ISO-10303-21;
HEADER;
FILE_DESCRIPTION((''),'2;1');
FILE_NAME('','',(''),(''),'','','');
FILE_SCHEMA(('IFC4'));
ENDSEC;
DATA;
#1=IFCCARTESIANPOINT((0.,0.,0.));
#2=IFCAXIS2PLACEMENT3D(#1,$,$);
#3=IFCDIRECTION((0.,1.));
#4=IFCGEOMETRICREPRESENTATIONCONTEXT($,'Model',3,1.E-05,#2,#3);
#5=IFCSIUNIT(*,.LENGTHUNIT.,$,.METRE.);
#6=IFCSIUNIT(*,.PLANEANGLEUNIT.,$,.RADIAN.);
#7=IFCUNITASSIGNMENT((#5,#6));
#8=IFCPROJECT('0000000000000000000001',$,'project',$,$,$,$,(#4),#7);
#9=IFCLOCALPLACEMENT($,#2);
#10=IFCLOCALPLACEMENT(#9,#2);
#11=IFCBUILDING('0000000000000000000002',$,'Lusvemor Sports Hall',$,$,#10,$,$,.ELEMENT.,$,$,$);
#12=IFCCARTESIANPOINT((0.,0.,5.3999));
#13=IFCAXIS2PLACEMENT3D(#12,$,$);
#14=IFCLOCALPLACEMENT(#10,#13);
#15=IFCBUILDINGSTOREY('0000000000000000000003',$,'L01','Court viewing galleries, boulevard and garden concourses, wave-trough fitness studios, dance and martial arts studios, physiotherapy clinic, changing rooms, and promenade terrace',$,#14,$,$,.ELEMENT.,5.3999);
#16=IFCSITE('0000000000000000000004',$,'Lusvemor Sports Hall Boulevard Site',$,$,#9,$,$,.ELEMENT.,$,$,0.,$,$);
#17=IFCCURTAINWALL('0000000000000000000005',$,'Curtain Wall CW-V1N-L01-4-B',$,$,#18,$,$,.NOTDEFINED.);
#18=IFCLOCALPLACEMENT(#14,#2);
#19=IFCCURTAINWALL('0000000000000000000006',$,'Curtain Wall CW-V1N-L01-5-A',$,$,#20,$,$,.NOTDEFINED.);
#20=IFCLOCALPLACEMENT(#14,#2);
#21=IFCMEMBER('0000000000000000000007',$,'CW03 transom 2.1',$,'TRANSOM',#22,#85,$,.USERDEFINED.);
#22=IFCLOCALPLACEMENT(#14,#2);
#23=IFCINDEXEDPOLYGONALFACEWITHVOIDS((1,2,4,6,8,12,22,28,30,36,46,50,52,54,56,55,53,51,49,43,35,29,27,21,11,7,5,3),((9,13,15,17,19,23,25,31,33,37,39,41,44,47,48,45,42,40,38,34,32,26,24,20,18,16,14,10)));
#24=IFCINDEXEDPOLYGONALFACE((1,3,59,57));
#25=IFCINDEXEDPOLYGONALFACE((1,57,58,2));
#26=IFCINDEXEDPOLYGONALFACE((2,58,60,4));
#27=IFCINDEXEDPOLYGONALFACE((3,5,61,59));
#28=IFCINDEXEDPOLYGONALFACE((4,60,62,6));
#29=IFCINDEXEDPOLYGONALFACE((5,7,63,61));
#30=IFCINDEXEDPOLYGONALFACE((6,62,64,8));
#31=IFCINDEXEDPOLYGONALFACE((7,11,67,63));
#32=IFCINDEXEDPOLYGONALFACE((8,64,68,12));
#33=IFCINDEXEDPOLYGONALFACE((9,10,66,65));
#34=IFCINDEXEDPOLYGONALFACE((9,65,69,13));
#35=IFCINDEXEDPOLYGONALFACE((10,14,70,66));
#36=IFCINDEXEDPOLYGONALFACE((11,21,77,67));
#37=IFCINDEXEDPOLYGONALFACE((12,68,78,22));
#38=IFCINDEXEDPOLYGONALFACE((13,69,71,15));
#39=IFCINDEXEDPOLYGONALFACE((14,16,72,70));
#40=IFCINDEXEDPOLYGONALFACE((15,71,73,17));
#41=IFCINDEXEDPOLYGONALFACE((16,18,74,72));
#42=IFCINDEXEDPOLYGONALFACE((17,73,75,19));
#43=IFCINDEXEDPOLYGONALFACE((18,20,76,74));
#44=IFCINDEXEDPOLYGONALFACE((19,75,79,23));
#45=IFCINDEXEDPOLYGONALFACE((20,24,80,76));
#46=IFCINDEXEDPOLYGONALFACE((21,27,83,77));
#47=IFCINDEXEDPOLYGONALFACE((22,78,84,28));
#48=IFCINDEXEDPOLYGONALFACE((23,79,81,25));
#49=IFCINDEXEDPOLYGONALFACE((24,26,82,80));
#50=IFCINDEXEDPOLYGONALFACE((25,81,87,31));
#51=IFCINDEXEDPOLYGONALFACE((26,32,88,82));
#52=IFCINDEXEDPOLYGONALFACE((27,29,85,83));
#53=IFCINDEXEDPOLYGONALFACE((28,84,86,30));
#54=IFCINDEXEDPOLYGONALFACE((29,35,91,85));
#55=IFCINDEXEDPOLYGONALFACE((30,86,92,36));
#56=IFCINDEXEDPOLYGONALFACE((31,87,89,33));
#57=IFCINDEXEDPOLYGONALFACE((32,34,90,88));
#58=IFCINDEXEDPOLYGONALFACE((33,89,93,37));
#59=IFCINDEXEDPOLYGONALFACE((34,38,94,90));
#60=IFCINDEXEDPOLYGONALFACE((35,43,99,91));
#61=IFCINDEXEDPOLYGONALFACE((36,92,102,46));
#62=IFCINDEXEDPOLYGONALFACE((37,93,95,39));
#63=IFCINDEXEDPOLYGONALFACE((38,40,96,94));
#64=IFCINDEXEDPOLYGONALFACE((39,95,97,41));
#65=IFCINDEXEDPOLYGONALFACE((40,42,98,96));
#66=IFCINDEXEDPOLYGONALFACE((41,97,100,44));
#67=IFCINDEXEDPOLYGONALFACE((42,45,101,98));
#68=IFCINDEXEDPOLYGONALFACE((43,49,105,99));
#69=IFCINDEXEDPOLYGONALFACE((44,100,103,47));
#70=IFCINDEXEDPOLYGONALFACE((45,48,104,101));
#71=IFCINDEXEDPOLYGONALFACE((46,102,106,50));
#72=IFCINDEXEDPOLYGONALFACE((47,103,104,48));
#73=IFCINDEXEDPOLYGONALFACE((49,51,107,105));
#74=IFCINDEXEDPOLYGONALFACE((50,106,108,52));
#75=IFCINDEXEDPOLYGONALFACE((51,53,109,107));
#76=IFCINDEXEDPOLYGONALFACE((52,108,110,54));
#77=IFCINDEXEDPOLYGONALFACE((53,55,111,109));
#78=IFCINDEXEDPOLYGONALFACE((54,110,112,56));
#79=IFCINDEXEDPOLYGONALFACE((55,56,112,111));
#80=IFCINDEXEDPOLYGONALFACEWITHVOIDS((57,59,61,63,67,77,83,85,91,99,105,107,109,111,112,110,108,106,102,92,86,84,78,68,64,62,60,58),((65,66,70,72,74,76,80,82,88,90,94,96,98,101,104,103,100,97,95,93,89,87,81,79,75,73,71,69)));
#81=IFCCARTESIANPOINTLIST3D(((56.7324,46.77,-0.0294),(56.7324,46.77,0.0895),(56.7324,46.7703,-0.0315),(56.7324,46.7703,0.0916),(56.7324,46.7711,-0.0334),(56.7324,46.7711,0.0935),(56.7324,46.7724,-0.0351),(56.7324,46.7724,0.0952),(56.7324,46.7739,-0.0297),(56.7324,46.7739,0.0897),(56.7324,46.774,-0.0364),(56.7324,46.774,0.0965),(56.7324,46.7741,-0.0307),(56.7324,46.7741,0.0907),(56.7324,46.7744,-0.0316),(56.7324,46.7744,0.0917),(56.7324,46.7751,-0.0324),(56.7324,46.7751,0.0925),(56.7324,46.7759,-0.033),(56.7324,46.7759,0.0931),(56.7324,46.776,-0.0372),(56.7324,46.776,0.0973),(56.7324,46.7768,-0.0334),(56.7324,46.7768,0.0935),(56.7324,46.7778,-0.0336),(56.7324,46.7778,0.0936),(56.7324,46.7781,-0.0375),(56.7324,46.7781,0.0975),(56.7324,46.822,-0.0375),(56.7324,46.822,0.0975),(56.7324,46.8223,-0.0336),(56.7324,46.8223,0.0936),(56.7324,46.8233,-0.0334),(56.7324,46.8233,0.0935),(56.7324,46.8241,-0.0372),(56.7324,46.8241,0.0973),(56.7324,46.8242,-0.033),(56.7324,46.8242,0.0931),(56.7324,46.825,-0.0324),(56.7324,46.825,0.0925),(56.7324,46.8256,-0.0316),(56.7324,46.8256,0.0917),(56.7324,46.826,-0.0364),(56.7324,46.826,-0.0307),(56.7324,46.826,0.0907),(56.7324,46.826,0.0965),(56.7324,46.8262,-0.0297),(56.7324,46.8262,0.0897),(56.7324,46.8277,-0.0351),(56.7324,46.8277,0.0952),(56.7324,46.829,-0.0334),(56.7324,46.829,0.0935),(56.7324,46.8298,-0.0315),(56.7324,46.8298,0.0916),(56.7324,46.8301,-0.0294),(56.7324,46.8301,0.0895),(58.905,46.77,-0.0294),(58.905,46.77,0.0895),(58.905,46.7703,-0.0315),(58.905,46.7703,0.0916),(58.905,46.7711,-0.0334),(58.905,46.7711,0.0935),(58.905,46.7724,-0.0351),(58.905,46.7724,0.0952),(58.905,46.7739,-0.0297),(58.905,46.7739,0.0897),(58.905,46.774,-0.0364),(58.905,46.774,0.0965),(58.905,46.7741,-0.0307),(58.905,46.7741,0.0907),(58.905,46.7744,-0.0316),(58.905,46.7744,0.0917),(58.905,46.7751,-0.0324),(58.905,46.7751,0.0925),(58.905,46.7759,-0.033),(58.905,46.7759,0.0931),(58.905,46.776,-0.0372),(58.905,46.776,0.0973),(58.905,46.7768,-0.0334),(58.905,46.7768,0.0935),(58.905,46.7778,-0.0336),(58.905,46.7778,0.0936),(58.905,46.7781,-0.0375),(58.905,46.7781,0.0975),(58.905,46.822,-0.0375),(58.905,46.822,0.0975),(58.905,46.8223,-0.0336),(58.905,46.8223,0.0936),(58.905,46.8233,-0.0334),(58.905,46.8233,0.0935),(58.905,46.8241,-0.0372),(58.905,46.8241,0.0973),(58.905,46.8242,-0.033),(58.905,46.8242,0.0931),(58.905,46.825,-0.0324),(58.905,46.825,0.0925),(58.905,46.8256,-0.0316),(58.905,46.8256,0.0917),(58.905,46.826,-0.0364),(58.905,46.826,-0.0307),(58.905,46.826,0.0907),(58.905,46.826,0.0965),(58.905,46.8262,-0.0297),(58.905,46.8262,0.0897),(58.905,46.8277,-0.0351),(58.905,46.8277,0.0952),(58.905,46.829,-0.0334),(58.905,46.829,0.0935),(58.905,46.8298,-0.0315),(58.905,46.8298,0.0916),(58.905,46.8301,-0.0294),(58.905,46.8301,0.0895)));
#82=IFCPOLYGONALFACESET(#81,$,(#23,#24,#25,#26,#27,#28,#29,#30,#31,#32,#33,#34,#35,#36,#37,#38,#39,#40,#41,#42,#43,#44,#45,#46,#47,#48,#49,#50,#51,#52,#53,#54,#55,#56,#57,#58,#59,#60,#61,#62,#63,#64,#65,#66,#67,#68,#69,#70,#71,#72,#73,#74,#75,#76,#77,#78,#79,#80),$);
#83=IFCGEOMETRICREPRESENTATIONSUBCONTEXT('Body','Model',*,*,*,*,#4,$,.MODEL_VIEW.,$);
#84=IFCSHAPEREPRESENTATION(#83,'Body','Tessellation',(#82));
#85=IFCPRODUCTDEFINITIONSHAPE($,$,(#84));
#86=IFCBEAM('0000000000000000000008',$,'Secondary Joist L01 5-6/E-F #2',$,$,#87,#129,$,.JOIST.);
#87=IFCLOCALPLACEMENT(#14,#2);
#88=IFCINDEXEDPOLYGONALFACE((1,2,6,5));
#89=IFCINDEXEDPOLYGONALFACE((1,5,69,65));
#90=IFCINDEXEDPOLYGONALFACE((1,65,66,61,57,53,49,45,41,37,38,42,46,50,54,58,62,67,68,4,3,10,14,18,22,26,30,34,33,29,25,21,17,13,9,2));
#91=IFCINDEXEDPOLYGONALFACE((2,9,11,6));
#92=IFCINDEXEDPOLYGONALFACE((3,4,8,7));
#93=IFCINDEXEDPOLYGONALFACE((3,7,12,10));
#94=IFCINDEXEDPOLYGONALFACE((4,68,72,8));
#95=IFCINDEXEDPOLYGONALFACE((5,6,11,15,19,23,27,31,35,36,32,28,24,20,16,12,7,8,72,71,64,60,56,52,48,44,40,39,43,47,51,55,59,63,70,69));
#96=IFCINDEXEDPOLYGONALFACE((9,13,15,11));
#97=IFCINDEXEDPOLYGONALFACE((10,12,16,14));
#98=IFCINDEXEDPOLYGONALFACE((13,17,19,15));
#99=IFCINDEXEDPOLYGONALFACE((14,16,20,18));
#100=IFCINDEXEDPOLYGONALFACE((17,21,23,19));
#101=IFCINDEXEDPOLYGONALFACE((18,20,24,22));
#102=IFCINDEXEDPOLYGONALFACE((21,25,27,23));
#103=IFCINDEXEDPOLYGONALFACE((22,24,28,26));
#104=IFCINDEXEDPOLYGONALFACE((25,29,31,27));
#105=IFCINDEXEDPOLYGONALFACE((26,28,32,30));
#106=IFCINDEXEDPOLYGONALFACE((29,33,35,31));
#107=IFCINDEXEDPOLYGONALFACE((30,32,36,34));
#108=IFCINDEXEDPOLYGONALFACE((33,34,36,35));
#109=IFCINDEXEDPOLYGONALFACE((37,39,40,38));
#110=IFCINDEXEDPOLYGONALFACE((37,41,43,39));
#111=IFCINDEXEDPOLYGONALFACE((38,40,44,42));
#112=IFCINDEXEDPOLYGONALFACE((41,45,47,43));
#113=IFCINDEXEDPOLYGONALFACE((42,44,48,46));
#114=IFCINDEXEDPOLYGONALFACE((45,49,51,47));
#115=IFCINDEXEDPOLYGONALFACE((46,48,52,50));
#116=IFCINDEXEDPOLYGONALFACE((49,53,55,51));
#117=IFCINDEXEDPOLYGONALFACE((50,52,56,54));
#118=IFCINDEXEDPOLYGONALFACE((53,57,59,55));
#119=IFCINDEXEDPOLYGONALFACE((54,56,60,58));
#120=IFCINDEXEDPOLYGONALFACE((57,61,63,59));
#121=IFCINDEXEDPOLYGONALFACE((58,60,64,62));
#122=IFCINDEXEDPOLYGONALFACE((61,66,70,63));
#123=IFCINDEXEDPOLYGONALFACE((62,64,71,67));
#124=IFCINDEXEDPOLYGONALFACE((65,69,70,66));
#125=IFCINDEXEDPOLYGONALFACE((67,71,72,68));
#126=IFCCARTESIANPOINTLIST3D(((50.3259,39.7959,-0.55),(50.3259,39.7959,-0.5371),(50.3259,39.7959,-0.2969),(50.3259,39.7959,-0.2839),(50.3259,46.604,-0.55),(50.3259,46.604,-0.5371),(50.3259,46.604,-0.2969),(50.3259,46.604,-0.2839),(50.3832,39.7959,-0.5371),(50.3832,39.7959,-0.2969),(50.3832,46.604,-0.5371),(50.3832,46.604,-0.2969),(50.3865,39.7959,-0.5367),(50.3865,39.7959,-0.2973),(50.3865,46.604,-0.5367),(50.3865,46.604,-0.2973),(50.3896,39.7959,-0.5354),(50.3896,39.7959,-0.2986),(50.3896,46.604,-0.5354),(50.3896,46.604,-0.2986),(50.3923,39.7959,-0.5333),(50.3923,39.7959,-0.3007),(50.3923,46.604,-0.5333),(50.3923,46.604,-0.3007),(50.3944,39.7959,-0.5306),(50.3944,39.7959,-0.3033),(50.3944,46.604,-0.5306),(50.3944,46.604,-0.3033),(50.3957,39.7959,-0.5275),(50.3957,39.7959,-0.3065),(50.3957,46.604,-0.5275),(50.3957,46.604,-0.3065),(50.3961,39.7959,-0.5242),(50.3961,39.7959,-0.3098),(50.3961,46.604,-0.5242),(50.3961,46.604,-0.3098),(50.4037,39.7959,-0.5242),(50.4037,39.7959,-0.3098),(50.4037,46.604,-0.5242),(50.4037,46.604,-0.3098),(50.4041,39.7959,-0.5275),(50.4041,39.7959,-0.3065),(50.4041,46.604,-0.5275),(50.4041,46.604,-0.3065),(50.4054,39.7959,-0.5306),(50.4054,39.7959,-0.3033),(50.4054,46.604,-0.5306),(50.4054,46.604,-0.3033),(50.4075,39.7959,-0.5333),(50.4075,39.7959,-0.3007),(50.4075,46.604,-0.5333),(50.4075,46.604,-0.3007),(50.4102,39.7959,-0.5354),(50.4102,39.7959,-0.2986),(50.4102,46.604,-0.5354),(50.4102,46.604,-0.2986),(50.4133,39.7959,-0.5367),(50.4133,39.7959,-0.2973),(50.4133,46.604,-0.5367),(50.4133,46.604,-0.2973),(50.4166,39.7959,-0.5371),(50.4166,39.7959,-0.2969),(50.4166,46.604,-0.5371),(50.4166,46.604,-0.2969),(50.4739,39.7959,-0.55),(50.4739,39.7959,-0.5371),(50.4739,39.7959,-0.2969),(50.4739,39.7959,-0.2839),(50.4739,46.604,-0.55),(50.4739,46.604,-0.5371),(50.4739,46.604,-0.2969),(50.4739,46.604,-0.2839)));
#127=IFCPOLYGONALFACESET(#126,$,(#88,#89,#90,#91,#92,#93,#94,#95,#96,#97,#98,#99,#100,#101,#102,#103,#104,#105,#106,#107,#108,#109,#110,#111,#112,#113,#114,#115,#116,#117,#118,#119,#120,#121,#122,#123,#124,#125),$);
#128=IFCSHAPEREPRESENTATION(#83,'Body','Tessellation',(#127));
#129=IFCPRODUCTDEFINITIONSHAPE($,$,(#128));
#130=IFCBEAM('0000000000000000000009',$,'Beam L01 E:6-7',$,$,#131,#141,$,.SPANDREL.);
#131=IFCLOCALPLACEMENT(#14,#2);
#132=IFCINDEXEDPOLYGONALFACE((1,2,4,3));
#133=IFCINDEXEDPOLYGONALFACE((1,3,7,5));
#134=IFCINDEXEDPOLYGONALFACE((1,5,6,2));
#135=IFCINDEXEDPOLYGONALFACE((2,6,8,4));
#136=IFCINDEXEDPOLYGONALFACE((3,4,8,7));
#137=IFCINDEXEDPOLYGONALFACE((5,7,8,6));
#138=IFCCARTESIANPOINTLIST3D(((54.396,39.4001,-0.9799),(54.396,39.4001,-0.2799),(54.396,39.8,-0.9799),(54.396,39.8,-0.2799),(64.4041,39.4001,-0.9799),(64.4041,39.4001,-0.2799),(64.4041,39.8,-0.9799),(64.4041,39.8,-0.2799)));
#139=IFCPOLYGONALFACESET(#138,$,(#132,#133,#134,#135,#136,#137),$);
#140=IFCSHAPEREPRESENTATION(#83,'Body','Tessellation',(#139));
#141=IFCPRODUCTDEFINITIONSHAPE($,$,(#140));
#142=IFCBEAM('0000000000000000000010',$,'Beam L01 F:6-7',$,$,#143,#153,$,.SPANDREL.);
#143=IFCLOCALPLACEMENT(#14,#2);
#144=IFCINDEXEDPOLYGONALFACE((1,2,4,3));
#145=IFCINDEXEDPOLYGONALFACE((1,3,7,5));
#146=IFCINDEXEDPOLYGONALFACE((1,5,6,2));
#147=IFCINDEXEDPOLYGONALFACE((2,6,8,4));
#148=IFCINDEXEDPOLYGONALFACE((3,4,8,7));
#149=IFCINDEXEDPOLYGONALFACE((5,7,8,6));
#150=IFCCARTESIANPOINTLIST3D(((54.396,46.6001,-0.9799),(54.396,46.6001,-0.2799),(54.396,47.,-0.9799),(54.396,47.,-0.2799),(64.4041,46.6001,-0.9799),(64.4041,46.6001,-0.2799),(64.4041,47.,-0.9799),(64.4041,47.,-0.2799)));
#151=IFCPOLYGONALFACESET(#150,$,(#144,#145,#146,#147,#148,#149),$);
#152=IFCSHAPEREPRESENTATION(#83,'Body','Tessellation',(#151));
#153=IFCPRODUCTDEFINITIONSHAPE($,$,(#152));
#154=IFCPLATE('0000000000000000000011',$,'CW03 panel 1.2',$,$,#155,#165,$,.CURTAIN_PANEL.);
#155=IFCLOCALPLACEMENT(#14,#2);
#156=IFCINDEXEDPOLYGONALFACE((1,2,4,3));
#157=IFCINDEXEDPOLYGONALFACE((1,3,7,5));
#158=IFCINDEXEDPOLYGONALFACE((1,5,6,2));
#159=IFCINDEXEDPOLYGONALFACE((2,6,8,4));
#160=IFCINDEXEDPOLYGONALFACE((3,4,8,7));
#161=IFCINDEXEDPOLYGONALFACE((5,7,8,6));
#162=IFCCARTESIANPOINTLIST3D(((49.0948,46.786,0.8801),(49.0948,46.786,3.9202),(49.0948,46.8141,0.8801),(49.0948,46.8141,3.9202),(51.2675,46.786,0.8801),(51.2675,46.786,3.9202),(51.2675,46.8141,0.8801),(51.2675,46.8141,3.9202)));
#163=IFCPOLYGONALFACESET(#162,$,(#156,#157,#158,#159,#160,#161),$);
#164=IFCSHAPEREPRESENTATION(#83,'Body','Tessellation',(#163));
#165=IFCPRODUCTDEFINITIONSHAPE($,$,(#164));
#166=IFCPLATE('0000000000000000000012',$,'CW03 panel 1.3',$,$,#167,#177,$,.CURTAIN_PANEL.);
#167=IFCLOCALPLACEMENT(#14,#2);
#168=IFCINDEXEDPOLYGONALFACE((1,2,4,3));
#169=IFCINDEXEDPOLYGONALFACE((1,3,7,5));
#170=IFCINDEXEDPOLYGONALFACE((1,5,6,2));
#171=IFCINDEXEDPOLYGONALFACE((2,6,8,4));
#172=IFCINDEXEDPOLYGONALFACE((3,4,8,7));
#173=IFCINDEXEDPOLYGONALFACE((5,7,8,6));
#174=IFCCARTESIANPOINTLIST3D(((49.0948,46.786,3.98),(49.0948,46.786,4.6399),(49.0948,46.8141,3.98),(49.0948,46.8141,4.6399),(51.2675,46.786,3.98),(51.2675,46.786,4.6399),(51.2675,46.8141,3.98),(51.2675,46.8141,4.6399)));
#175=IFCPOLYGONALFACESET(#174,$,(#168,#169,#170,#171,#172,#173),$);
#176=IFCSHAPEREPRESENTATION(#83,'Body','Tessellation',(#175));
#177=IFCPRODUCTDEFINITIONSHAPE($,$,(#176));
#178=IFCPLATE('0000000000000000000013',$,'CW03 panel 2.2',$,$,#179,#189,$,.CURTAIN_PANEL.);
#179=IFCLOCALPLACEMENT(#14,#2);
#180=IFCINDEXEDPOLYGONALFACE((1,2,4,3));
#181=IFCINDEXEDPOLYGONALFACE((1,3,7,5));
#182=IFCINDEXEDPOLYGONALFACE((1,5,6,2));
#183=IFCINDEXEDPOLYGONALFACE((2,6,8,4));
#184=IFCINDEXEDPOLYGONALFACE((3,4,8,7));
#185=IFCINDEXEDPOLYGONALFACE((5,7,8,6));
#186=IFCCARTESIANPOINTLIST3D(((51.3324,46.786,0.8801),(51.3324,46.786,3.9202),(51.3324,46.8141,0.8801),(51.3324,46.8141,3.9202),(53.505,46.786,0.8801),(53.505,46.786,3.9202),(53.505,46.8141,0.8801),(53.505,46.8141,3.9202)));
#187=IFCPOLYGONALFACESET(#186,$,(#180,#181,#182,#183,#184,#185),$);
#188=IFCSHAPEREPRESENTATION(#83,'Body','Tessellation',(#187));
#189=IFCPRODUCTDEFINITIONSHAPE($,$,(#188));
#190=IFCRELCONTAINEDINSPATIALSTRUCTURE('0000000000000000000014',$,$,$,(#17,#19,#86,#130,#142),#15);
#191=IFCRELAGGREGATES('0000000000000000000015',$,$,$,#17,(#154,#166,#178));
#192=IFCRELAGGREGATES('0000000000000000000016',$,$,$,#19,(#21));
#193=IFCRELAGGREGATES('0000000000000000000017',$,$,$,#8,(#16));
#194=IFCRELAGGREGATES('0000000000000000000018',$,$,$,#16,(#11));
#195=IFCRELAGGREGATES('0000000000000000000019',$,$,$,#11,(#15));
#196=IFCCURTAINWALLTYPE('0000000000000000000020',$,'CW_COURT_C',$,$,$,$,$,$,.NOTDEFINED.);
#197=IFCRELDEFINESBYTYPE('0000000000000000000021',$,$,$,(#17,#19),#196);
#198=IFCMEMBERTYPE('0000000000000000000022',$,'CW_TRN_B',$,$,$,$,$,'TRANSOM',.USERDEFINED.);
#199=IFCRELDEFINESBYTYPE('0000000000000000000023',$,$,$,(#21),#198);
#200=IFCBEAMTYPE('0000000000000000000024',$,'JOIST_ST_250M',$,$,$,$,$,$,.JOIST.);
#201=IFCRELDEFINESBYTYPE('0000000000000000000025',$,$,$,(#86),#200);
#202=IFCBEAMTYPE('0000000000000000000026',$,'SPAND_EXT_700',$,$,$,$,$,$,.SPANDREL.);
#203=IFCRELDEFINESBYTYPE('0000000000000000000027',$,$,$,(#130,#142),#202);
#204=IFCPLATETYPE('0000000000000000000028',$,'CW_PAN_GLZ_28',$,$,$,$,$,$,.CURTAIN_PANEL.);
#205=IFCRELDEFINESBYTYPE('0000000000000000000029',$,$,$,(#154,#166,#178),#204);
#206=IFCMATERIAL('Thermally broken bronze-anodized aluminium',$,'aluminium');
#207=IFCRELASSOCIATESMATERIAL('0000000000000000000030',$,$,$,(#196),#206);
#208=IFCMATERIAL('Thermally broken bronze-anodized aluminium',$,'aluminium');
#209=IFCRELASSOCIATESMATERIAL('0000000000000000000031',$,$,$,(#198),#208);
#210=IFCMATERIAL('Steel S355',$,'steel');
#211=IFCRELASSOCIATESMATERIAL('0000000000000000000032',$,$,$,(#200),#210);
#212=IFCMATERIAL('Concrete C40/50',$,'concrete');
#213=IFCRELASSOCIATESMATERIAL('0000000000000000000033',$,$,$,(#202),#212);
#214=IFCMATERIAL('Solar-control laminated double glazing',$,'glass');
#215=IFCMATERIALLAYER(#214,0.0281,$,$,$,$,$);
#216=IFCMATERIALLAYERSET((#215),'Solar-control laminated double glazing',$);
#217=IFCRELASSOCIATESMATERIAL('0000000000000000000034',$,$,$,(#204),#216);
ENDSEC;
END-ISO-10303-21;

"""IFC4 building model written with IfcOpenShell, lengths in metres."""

from ifc_helpers import new_model, si_unit, direction, frame, origin, origin_2d, place, context, subcontext, project, spatial, rectangle, hollow_rectangle, i_section, extrude, material, layer, layer_set, material_profile, profile_set, type_object, element, aggregate, save


model = new_model("IFC4")

# Units and contexts
model_context = context("Model", 3, precision=1e-05, world=origin(), true_north=direction((0.0, 1.0)))
body_context = subcontext(model_context, "Body", "Model", "MODEL_VIEW")
ifc_project = project(units=[si_unit("LENGTHUNIT", "METRE"), si_unit("PLANEANGLEUNIT", "RADIAN")], contexts=[model_context])

# Site, building, storey
site_placement = place(None, origin())
site = spatial("IfcSite", under=ifc_project, at=site_placement, Name="Lusvemor Sports Hall Boulevard Site", CompositionType="ELEMENT", RefElevation=0.0)
building_placement = place(site_placement, origin())
building = spatial("IfcBuilding", under=site, at=building_placement, Name="Lusvemor Sports Hall", CompositionType="ELEMENT")
storey_placement = place(building_placement, frame((0.0, 0.0, 5.3999)))
storey = spatial("IfcBuildingStorey", under=building, at=storey_placement, Name="L01", Description="Court viewing galleries, boulevard and garden concourses, wave-trough fitness studios, dance and martial arts studios, physiotherapy clinic, changing rooms, and promenade terrace", CompositionType="ELEMENT", Elevation=5.3999)

# Curtain walls
ifc_material_1 = material(Name="Thermally broken bronze-anodized aluminium", Category="aluminium")
curtain_wall_type = type_object("IfcCurtainWallType", Name="CW_COURT_C", PredefinedType="NOTDEFINED", material=ifc_material_1)
curtain_wall_1_placement = place(storey_placement, origin())
curtain_wall_1 = element("IfcCurtainWall", 1, at=curtain_wall_1_placement, inside=storey, type_object=curtain_wall_type, Name="Curtain Wall CW-V1N-L01-4-B", PredefinedType="NOTDEFINED")
curtain_wall_2_placement = place(storey_placement, origin())
curtain_wall_2 = element("IfcCurtainWall", 2, at=curtain_wall_2_placement, inside=storey, type_object=curtain_wall_type, Name="Curtain Wall CW-V1N-L01-5-A", PredefinedType="NOTDEFINED")

# Member
ifc_material_2 = material(Name="Thermally broken bronze-anodized aluminium", Category="aluminium")
ifc_material_profile_1 = material_profile(ifc_material_2, hollow_rectangle(XDim=0.0601, YDim=0.135, WallThickness=0.0039, InnerFilletRadius=0.0039, OuterFilletRadius=0.0081, at=origin_2d()), Name="CWTRN135x60x4")
ifc_profile_set_1 = profile_set([ifc_material_profile_1], Name="Thermally broken bronze-anodized aluminium")
member_type_1 = type_object("IfcMemberType", Name="CW_TRN_B", ElementType="TRANSOM", PredefinedType="USERDEFINED", material=ifc_profile_set_1)
member_1_placement = place(storey_placement, frame((56.7324, 46.8, 0.03), z_axis=(1.0, 0.0, 0.0), x_axis=(0.0, 1.0, 0.0)))
member_1 = element("IfcMember", 3, at=member_1_placement, type_object=member_type_1, Name="CW03 transom 2.1", ObjectType="TRANSOM", PredefinedType="USERDEFINED", context=body_context, shape_type="SweptSolid", body=[
    extrude(hollow_rectangle(XDim=0.0601, YDim=0.135, WallThickness=0.0039, InnerFilletRadius=0.0039, OuterFilletRadius=0.0081, at=origin_2d()), origin(), (0.0, 0.0, 1.0), 2.1726),
])

# Beams
ifc_material_3 = material(Name="Steel S355", Category="steel")
ifc_material_profile_2 = material_profile(ifc_material_3, i_section(OverallWidth=0.1479, OverallDepth=0.2661, WebThickness=0.0076, FlangeThickness=0.0129, FilletRadius=0.0129, at=origin_2d()), Name="W250x44.8")
ifc_profile_set_2 = profile_set([ifc_material_profile_2], Name="Steel S355")
beam_type_1 = type_object("IfcBeamType", Name="JOIST_ST_250M", PredefinedType="JOIST", material=ifc_profile_set_2)
beam_1_placement = place(storey_placement, frame((50.3999, 39.7959, -0.417), z_axis=(0.0, 1.0, 0.0), x_axis=(-1.0, 0.0, 0.0)))
element("IfcBeam", 4, at=beam_1_placement, inside=storey, type_object=beam_type_1, Name="Secondary Joist L01 5-6/E-F #2", PredefinedType="JOIST", context=body_context, shape_type="SweptSolid", body=[
    extrude(i_section(OverallWidth=0.1479, OverallDepth=0.2661, WebThickness=0.0076, FlangeThickness=0.0129, FilletRadius=0.0129, at=origin_2d()), origin(), (0.0, 0.0, 1.0), 6.8081),
])
ifc_material_4 = material(Name="Concrete C40/50", Category="concrete")
ifc_material_profile_3 = material_profile(ifc_material_4, rectangle(XDim=0.3999, YDim=0.7, at=origin_2d()), Name="RC400x700")
ifc_profile_set_3 = profile_set([ifc_material_profile_3], Name="Concrete C40/50")
beam_type_2 = type_object("IfcBeamType", Name="SPAND_EXT_700", PredefinedType="SPANDREL", material=ifc_profile_set_3)
for number, where, z_axis, x_axis, name in (
    (5, (54.396, 39.6001, -0.6299), (1.0, 0.0, 0.0), (0.0, 1.0, 0.0), "Beam L01 E:6-7"),
    (6, (54.396, 46.8, -0.6299), (1.0, 0.0, 0.0), (0.0, 1.0, 0.0), "Beam L01 F:6-7"),
):
    element("IfcBeam", number, at=place(storey_placement, frame(where, z_axis=z_axis, x_axis=x_axis)), inside=storey, type_object=beam_type_2, Name=name, PredefinedType="SPANDREL", context=body_context, shape_type="SweptSolid", body=[
        extrude(rectangle(XDim=0.3999, YDim=0.7, at=origin_2d()), origin(), (0.0, 0.0, 1.0), 10.0081),
    ])

# Plates
ifc_material_5 = material(Name="Solar-control laminated double glazing", Category="glass")
ifc_layer_1 = layer(ifc_material_5, 0.0281)
ifc_layer_set_1 = layer_set([ifc_layer_1], Name="Solar-control laminated double glazing")
plate_type_1 = type_object("IfcPlateType", Name="CW_PAN_GLZ_28", PredefinedType="CURTAIN_PANEL", material=ifc_layer_set_1)
plate_1_placement = place(storey_placement, frame((50.1812, 46.8, 0.8801), z_axis=(0.0, 0.0, 1.0), x_axis=(1.0, 0.0, 0.0)))
plate_1 = element("IfcPlate", 7, at=plate_1_placement, type_object=plate_type_1, Name="CW03 panel 1.2", PredefinedType="CURTAIN_PANEL", context=body_context, shape_type="SweptSolid", body=[
    extrude(rectangle(XDim=2.1726, YDim=0.0281, at=origin_2d()), origin(), (0.0, 0.0, 1.0), 3.04),
])
plate_2_placement = place(storey_placement, frame((50.1812, 46.8, 3.98), z_axis=(0.0, 0.0, 1.0), x_axis=(1.0, 0.0, 0.0)))
plate_2 = element("IfcPlate", 8, at=plate_2_placement, type_object=plate_type_1, Name="CW03 panel 1.3", PredefinedType="CURTAIN_PANEL", context=body_context, shape_type="SweptSolid", body=[
    extrude(rectangle(XDim=2.1726, YDim=0.0281, at=origin_2d()), origin(), (0.0, 0.0, 1.0), 0.6599),
])
plate_3_placement = place(storey_placement, frame((52.4187, 46.8, 0.8801), z_axis=(0.0, 0.0, 1.0), x_axis=(1.0, 0.0, 0.0)))
plate_3 = element("IfcPlate", 9, at=plate_3_placement, type_object=plate_type_1, Name="CW03 panel 2.2", PredefinedType="CURTAIN_PANEL", context=body_context, shape_type="SweptSolid", body=[
    extrude(rectangle(XDim=2.1726, YDim=0.0281, at=origin_2d()), origin(), (0.0, 0.0, 1.0), 3.04),
])
aggregate(curtain_wall_1, [plate_1, plate_2, plate_3])
aggregate(curtain_wall_2, [member_1])

save(model, "model.ifc")
